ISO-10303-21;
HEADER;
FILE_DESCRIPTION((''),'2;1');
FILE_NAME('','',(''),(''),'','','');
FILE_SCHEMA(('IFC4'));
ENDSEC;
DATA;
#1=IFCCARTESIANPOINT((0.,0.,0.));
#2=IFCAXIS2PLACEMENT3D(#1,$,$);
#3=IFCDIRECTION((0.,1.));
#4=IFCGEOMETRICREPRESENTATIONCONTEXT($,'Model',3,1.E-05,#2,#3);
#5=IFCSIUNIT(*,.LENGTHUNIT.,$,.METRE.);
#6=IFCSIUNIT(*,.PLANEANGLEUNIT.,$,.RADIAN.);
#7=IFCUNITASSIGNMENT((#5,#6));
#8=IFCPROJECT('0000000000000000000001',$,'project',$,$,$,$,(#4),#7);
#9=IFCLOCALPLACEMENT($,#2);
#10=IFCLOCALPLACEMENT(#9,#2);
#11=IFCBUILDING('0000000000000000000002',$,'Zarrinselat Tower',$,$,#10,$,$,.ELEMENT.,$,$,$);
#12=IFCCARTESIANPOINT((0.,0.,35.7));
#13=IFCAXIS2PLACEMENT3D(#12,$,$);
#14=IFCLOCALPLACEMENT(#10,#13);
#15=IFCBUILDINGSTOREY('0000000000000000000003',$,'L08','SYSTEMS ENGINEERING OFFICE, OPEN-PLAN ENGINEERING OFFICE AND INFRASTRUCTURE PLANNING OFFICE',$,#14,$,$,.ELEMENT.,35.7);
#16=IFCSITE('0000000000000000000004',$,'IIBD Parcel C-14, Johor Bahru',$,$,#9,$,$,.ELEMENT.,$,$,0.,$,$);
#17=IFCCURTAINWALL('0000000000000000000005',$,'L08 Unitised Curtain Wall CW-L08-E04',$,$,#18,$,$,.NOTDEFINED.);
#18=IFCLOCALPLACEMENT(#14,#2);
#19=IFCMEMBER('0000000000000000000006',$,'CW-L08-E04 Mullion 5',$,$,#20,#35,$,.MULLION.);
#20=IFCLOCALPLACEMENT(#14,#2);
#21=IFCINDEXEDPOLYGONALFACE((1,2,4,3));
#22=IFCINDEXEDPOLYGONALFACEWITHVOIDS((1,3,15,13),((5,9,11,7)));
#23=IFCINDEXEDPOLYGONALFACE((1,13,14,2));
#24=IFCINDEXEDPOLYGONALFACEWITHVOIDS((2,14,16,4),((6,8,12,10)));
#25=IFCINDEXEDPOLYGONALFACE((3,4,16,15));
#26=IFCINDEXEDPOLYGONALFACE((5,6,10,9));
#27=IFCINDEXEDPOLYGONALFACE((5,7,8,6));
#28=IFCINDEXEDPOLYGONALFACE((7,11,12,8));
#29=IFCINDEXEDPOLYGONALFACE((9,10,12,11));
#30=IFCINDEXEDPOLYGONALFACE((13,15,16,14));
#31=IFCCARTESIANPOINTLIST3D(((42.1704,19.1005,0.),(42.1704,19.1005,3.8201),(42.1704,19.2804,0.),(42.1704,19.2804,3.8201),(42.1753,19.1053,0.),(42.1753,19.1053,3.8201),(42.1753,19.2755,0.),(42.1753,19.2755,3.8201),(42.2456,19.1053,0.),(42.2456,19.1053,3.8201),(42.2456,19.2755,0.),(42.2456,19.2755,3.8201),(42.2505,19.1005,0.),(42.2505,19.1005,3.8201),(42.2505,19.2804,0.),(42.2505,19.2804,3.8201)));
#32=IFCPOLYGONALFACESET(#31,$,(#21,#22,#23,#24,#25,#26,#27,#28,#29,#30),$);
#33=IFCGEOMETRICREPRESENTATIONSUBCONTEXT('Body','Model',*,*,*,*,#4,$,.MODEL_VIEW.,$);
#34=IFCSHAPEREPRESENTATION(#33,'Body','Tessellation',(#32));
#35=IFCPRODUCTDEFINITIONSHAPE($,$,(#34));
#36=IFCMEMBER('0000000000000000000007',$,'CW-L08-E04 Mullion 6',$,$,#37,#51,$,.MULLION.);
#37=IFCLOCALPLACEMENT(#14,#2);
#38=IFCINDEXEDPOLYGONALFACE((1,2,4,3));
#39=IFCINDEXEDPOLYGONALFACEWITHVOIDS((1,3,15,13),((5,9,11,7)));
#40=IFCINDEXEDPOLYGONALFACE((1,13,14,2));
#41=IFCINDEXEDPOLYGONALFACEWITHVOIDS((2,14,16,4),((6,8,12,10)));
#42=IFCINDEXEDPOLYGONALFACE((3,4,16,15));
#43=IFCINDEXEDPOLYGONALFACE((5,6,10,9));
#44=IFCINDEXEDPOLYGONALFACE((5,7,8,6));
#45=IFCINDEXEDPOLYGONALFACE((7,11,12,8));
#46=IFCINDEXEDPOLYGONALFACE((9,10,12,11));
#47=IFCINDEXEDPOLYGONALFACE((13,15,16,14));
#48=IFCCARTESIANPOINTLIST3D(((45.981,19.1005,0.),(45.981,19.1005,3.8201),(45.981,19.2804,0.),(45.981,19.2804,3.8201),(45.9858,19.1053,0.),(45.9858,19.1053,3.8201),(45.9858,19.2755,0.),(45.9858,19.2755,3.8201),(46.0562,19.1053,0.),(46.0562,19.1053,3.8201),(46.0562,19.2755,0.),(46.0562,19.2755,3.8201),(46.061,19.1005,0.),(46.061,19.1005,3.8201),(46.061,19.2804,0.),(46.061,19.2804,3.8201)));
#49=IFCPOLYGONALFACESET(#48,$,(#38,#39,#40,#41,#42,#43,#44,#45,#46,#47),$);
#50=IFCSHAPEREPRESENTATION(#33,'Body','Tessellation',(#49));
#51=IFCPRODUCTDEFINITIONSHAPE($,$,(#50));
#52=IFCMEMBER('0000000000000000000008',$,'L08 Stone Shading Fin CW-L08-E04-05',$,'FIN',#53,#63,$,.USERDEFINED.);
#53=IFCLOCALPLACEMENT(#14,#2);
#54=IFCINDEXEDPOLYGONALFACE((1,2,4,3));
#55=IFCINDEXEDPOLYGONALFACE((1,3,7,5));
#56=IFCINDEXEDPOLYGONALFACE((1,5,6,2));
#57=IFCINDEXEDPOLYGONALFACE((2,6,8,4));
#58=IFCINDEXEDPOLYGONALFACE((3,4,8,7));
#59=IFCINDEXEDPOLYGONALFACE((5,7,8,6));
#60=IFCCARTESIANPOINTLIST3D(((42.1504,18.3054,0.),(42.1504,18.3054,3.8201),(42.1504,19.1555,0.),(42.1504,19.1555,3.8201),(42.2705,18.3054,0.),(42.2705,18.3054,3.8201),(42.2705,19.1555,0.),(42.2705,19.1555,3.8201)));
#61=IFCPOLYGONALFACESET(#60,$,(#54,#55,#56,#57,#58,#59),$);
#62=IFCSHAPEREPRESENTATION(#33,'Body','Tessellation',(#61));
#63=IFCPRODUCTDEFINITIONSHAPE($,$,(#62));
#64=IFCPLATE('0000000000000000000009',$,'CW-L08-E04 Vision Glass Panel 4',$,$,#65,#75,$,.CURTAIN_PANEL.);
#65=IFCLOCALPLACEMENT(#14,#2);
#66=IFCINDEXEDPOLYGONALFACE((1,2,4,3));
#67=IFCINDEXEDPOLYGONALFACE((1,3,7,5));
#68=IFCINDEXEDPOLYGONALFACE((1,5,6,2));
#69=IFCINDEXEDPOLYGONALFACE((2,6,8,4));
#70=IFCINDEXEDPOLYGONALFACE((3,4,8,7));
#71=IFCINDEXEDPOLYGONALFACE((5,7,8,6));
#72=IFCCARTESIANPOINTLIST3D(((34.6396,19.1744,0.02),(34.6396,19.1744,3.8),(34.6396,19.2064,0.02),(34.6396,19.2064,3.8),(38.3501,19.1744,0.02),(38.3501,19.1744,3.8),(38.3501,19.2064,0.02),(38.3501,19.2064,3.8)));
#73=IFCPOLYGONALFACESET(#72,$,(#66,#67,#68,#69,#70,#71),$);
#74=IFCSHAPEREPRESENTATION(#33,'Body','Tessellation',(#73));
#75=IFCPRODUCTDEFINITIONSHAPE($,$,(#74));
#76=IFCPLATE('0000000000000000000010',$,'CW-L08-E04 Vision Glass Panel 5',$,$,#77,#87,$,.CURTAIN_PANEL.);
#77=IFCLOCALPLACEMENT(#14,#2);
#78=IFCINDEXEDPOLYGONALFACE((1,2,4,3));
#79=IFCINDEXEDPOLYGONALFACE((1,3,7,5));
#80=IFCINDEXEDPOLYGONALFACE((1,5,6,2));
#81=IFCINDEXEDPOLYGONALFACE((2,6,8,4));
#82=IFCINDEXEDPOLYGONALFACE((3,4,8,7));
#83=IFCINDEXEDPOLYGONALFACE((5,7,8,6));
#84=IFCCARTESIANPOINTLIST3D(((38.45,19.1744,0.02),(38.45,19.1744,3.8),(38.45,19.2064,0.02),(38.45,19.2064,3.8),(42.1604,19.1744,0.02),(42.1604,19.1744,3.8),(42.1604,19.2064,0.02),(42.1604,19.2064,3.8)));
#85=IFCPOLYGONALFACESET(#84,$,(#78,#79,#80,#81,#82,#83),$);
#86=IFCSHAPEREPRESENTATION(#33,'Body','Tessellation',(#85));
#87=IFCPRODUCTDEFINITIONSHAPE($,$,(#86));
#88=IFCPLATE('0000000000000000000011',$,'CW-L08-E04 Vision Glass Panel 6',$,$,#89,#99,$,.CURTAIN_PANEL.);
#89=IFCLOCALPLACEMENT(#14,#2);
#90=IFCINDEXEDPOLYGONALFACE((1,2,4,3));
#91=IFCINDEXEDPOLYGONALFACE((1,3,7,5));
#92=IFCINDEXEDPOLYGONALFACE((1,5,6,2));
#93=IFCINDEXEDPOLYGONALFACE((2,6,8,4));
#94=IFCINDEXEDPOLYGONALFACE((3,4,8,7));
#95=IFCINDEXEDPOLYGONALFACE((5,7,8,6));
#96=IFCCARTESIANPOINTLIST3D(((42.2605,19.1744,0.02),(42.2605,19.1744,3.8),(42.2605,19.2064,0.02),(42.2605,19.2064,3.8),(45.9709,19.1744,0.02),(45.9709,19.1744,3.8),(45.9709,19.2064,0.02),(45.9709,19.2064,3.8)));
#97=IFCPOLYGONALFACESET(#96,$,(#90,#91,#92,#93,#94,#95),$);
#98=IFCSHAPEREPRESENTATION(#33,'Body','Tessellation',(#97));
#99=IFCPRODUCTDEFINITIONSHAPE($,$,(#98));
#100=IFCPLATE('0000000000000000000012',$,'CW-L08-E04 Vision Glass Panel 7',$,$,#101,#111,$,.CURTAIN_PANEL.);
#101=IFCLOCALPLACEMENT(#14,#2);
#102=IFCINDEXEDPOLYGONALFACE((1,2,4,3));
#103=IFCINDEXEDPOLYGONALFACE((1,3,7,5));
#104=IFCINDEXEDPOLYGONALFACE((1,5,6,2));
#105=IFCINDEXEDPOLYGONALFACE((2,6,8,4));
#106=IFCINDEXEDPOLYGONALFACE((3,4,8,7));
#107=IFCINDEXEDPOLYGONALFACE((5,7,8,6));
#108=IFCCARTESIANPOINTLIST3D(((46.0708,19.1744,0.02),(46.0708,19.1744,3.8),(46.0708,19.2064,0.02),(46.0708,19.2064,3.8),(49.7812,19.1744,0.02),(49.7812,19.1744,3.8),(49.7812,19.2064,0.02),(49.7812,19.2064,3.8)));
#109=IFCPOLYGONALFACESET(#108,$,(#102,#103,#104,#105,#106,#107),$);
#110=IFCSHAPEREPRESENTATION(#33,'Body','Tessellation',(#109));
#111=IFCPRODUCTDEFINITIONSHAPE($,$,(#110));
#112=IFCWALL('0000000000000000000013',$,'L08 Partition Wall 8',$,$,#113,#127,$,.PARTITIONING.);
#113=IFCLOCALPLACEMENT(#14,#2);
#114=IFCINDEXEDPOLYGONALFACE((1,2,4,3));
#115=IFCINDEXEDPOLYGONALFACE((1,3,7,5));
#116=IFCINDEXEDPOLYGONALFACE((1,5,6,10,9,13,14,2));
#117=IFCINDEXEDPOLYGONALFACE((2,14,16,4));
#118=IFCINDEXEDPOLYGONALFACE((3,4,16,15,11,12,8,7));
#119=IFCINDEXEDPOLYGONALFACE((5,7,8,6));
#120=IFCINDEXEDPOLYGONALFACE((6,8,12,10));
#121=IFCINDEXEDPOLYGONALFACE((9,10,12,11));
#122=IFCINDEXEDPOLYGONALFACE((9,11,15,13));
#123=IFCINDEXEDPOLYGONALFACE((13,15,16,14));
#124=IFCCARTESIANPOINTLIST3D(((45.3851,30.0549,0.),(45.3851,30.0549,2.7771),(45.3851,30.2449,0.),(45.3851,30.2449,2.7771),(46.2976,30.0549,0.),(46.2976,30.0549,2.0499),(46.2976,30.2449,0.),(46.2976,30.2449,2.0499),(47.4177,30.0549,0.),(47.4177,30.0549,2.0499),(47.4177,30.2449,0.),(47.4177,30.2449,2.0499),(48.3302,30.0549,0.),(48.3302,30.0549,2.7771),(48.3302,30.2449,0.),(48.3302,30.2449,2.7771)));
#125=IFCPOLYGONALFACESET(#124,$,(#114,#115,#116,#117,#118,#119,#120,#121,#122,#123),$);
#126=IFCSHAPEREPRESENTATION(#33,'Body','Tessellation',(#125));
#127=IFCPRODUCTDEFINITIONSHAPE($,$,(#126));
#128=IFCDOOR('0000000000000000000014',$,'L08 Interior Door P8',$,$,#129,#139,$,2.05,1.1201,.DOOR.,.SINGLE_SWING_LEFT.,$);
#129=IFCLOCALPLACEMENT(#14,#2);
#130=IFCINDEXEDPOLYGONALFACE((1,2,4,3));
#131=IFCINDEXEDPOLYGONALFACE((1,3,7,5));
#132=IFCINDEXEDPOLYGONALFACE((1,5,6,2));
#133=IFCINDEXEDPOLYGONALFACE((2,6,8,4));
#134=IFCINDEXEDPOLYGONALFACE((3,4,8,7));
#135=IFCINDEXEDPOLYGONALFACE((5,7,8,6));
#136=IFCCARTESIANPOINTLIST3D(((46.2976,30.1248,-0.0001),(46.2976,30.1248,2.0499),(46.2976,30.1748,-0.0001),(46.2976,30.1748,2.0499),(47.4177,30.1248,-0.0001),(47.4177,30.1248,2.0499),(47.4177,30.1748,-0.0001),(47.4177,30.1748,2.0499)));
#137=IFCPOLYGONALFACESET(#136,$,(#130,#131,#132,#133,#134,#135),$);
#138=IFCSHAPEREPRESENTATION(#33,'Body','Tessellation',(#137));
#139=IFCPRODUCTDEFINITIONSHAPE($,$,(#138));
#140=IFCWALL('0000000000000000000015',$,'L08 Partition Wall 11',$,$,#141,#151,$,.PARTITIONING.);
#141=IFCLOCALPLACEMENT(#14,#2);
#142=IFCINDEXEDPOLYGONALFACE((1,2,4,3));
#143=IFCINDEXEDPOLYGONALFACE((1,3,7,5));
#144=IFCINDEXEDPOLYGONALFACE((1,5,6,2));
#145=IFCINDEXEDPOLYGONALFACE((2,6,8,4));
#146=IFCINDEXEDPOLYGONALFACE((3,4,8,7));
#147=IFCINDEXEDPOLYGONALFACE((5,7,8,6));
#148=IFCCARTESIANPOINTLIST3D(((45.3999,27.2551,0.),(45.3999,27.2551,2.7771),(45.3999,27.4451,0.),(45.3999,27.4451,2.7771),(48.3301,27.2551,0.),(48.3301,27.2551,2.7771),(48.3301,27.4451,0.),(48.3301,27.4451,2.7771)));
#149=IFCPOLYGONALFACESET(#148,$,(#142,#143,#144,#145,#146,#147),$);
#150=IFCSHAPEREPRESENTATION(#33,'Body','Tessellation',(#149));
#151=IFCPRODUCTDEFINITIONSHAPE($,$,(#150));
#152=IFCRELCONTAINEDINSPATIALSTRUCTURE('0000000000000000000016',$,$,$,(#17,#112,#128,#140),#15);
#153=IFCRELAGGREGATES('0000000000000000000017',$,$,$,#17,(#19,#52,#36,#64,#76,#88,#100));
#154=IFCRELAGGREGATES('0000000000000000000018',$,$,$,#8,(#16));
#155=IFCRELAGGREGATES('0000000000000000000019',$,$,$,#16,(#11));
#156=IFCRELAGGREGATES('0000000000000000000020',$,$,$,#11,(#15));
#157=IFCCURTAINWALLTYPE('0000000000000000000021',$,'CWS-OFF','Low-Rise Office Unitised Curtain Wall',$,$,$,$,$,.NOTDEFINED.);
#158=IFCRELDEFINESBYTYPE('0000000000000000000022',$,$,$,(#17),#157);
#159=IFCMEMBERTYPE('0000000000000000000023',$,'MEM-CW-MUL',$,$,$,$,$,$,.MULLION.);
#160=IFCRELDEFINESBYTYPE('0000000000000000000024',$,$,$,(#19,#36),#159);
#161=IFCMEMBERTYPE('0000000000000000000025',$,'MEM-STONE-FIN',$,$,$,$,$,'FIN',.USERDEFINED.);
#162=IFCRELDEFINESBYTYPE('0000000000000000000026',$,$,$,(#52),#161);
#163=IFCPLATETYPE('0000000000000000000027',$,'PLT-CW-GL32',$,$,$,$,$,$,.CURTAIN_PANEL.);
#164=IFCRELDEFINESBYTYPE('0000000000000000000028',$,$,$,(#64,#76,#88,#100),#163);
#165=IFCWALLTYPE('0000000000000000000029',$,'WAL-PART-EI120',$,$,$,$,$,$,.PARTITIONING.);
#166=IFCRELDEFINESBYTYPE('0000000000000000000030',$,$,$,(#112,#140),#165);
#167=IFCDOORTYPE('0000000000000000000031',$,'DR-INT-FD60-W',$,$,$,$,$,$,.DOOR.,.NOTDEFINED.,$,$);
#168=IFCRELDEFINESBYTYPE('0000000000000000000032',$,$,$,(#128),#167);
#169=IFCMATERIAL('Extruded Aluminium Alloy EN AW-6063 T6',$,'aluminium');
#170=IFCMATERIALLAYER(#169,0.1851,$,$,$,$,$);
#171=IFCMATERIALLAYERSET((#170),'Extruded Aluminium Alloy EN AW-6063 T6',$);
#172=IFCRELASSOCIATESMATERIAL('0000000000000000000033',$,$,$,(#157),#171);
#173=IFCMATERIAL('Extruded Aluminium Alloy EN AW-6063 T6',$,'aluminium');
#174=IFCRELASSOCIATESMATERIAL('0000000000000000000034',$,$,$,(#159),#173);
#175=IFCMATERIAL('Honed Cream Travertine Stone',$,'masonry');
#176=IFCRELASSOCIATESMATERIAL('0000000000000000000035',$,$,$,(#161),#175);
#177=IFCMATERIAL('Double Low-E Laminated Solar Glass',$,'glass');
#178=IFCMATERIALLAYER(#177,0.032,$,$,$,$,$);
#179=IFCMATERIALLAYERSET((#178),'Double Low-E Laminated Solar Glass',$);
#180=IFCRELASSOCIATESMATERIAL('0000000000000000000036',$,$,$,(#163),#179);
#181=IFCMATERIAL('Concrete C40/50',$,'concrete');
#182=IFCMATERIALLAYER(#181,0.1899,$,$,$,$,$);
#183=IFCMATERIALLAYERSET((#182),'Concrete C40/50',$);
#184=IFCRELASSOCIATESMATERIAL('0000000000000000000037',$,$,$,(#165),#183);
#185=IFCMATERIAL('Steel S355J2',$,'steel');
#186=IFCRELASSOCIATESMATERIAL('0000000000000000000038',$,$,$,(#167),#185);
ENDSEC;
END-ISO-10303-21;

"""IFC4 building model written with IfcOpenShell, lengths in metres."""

from ifc_helpers import new_model, si_unit, direction, frame, frame_2d, origin, origin_2d, place, context, subcontext, project, spatial, rectangle, hollow_rectangle, extrude, material, layer, layer_set, material_profile, profile_set, type_object, element, fill, aggregate, save


model = new_model("IFC4")

# Units and contexts
model_context = context("Model", 3, precision=1e-05, world=origin(), true_north=direction((0.0, 1.0)))
body_context = subcontext(model_context, "Body", "Model", "MODEL_VIEW")
ifc_project = project(units=[si_unit("LENGTHUNIT", "METRE"), si_unit("PLANEANGLEUNIT", "RADIAN")], contexts=[model_context])

# Site, building, storey
site_placement = place(None, origin())
site = spatial("IfcSite", under=ifc_project, at=site_placement, Name="IIBD Parcel C-14, Johor Bahru", CompositionType="ELEMENT", RefElevation=0.0)
building_placement = place(site_placement, origin())
building = spatial("IfcBuilding", under=site, at=building_placement, Name="Zarrinselat Tower", CompositionType="ELEMENT")
storey_placement = place(building_placement, frame((0.0, 0.0, 35.7)))
storey = spatial("IfcBuildingStorey", under=building, at=storey_placement, Name="L08", Description="SYSTEMS ENGINEERING OFFICE, OPEN-PLAN ENGINEERING OFFICE AND INFRASTRUCTURE PLANNING OFFICE", CompositionType="ELEMENT", Elevation=35.7)

# Curtain wall, members, plates
ifc_material_1 = material(Name="Extruded Aluminium Alloy EN AW-6063 T6", Category="aluminium")
ifc_layer_1 = layer(ifc_material_1, 0.1851)
ifc_layer_set_1 = layer_set([ifc_layer_1], Name="Extruded Aluminium Alloy EN AW-6063 T6")
curtain_wall_type = type_object("IfcCurtainWallType", Name="CWS-OFF", Description="Low-Rise Office Unitised Curtain Wall", PredefinedType="NOTDEFINED", material=ifc_layer_set_1)
curtain_wall_placement = place(storey_placement, origin())
curtain_wall = element("IfcCurtainWall", 1, at=curtain_wall_placement, inside=storey, type_object=curtain_wall_type, Name="L08 Unitised Curtain Wall CW-L08-E04", PredefinedType="NOTDEFINED")
ifc_material_2 = material(Name="Extruded Aluminium Alloy EN AW-6063 T6", Category="aluminium")
ifc_material_profile_1 = material_profile(ifc_material_2, hollow_rectangle(XDim=0.0801, YDim=0.1799, WallThickness=0.0049, at=origin_2d()), Name="RHS 180x80x5")
ifc_profile_set_1 = profile_set([ifc_material_profile_1], Name="Extruded Aluminium Alloy EN AW-6063 T6")
member_type_1 = type_object("IfcMemberType", Name="MEM-CW-MUL", PredefinedType="MULLION", material=ifc_profile_set_1)
member_1_placement = place(storey_placement, frame((42.2104, 19.1904, 0.0), z_axis=(0.0, 0.0, 1.0), x_axis=(1.0, 0.0, 0.0)))
member_1 = element("IfcMember", 2, at=member_1_placement, type_object=member_type_1, Name="CW-L08-E04 Mullion 5", PredefinedType="MULLION", context=body_context, shape_type="SweptSolid", body=[
    extrude(hollow_rectangle(XDim=0.0801, YDim=0.1799, WallThickness=0.0049, at=origin_2d()), origin(), (0.0, 0.0, 1.0), 3.8201),
])
member_2_placement = place(storey_placement, frame((46.021, 19.1904, 0.0), z_axis=(0.0, 0.0, 1.0), x_axis=(1.0, 0.0, 0.0)))
member_2 = element("IfcMember", 3, at=member_2_placement, type_object=member_type_1, Name="CW-L08-E04 Mullion 6", PredefinedType="MULLION", context=body_context, shape_type="SweptSolid", body=[
    extrude(hollow_rectangle(XDim=0.0801, YDim=0.1799, WallThickness=0.0049, at=origin_2d()), origin(), (0.0, 0.0, 1.0), 3.8201),
])
ifc_material_3 = material(Name="Honed Cream Travertine Stone", Category="masonry")
ifc_material_profile_2 = material_profile(ifc_material_3, rectangle(XDim=0.1201, YDim=0.8501, at=origin_2d()), Name="FIN 850x120")
ifc_profile_set_2 = profile_set([ifc_material_profile_2], Name="Honed Cream Travertine Stone")
member_type_2 = type_object("IfcMemberType", Name="MEM-STONE-FIN", ElementType="FIN", PredefinedType="USERDEFINED", material=ifc_profile_set_2)
member_3_placement = place(storey_placement, frame((42.2104, 18.7305, 0.0), z_axis=(0.0, 0.0, 1.0), x_axis=(-1.0, 0.0, 0.0)))
member_3 = element("IfcMember", 4, at=member_3_placement, type_object=member_type_2, Name="L08 Stone Shading Fin CW-L08-E04-05", ObjectType="FIN", PredefinedType="USERDEFINED", context=body_context, shape_type="SweptSolid", body=[
    extrude(rectangle(XDim=0.1201, YDim=0.8501, at=origin_2d()), origin(), (0.0, 0.0, 1.0), 3.8201),
])
ifc_material_4 = material(Name="Double Low-E Laminated Solar Glass", Category="glass")
ifc_layer_2 = layer(ifc_material_4, 0.032)
ifc_layer_set_2 = layer_set([ifc_layer_2], Name="Double Low-E Laminated Solar Glass")
plate_type = type_object("IfcPlateType", Name="PLT-CW-GL32", PredefinedType="CURTAIN_PANEL", material=ifc_layer_set_2)
plate_1_placement = place(storey_placement, frame((36.4949, 19.1904, 0.02), z_axis=(0.0, 0.0, 1.0), x_axis=(1.0, 0.0, 0.0)))
plate_1 = element("IfcPlate", 5, at=plate_1_placement, type_object=plate_type, Name="CW-L08-E04 Vision Glass Panel 4", PredefinedType="CURTAIN_PANEL", context=body_context, shape_type="SweptSolid", body=[
    extrude(rectangle(XDim=3.7104, YDim=0.032, at=origin_2d()), origin(), (0.0, 0.0, 1.0), 3.78),
])
plate_2_placement = place(storey_placement, frame((40.3052, 19.1904, 0.02), z_axis=(0.0, 0.0, 1.0), x_axis=(1.0, 0.0, 0.0)))
plate_2 = element("IfcPlate", 6, at=plate_2_placement, type_object=plate_type, Name="CW-L08-E04 Vision Glass Panel 5", PredefinedType="CURTAIN_PANEL", context=body_context, shape_type="SweptSolid", body=[
    extrude(rectangle(XDim=3.7104, YDim=0.032, at=origin_2d()), origin(), (0.0, 0.0, 1.0), 3.78),
])
plate_3_placement = place(storey_placement, frame((44.1157, 19.1904, 0.02), z_axis=(0.0, 0.0, 1.0), x_axis=(1.0, 0.0, 0.0)))
plate_3 = element("IfcPlate", 7, at=plate_3_placement, type_object=plate_type, Name="CW-L08-E04 Vision Glass Panel 6", PredefinedType="CURTAIN_PANEL", context=body_context, shape_type="SweptSolid", body=[
    extrude(rectangle(XDim=3.7104, YDim=0.032, at=origin_2d()), origin(), (0.0, 0.0, 1.0), 3.78),
])
plate_4_placement = place(storey_placement, frame((47.926, 19.1904, 0.02), z_axis=(0.0, 0.0, 1.0), x_axis=(1.0, 0.0, 0.0)))
plate_4 = element("IfcPlate", 8, at=plate_4_placement, type_object=plate_type, Name="CW-L08-E04 Vision Glass Panel 7", PredefinedType="CURTAIN_PANEL", context=body_context, shape_type="SweptSolid", body=[
    extrude(rectangle(XDim=3.7104, YDim=0.032, at=origin_2d()), origin(), (0.0, 0.0, 1.0), 3.78),
])
aggregate(curtain_wall, [member_1, member_3, member_2, plate_1, plate_2, plate_3, plate_4])

# Wall, opening, door
ifc_material_5 = material(Name="Concrete C40/50", Category="concrete")
ifc_layer_3 = layer(ifc_material_5, 0.1899)
ifc_layer_set_3 = layer_set([ifc_layer_3], Name="Concrete C40/50")
wall_type = type_object("IfcWallType", Name="WAL-PART-EI120", PredefinedType="PARTITIONING", material=ifc_layer_set_3)
wall_1_placement = place(storey_placement, frame((45.385, 30.1499, 0.0), z_axis=(0.0, 0.0, 1.0), x_axis=(1.0, 0.0, 0.0)))
wall_1 = element("IfcWall", 9, at=wall_1_placement, inside=storey, type_object=wall_type, Name="L08 Partition Wall 8", PredefinedType="PARTITIONING", context=body_context, shape_type="SweptSolid", body=[
    extrude(rectangle(XDim=2.9451, YDim=0.1899, at=frame_2d((1.4727, 0.0))), origin(), (0.0, 0.0, 1.0), 2.7771),
])
opening_placement = place(wall_1_placement, frame((0.9126, 0.0, 0.0)))
opening = element("IfcOpeningElement", 10, at=opening_placement, cuts=wall_1, PredefinedType="OPENING", context=body_context, shape_type="SweptSolid", body=[
    extrude(rectangle(XDim=1.1201, YDim=2.05, at=frame_2d((0.5601, 1.0249))), frame((0.0, 0.105, 0.0), z_axis=(0.0, -1.0, 0.0), x_axis=(1.0, 0.0, 0.0)), (0.0, 0.0, 1.0), 0.21),
])
ifc_material_6 = material(Name="Steel S355J2", Category="steel")
door_type = type_object("IfcDoorType", Name="DR-INT-FD60-W", OperationType="NOTDEFINED", PredefinedType="DOOR", material=ifc_material_6)
door_placement = place(opening_placement, origin())
door = element("IfcDoor", 11, at=door_placement, inside=storey, type_object=door_type, Name="L08 Interior Door P8", OperationType="SINGLE_SWING_LEFT", OverallHeight=2.05, OverallWidth=1.1201, PredefinedType="DOOR", context=body_context, shape_type="SweptSolid", body=[
    extrude(rectangle(XDim=1.1201, YDim=2.05, at=frame_2d((0.5601, 1.0249))), frame((0.0, 0.0249, 0.0), z_axis=(0.0, -1.0, 0.0), x_axis=(1.0, 0.0, 0.0)), (0.0, 0.0, 1.0), 0.05),
])
fill(opening, door)

# Wall
wall_2_placement = place(storey_placement, frame((45.3999, 27.3501, 0.0), z_axis=(0.0, 0.0, 1.0), x_axis=(1.0, 0.0, 0.0)))
element("IfcWall", 12, at=wall_2_placement, inside=storey, type_object=wall_type, Name="L08 Partition Wall 11", PredefinedType="PARTITIONING", context=body_context, shape_type="SweptSolid", body=[
    extrude(rectangle(XDim=2.9302, YDim=0.1899, at=frame_2d((1.4651, 0.0))), origin(), (0.0, 0.0, 1.0), 2.7771),
])

save(model, "model.ifc")
